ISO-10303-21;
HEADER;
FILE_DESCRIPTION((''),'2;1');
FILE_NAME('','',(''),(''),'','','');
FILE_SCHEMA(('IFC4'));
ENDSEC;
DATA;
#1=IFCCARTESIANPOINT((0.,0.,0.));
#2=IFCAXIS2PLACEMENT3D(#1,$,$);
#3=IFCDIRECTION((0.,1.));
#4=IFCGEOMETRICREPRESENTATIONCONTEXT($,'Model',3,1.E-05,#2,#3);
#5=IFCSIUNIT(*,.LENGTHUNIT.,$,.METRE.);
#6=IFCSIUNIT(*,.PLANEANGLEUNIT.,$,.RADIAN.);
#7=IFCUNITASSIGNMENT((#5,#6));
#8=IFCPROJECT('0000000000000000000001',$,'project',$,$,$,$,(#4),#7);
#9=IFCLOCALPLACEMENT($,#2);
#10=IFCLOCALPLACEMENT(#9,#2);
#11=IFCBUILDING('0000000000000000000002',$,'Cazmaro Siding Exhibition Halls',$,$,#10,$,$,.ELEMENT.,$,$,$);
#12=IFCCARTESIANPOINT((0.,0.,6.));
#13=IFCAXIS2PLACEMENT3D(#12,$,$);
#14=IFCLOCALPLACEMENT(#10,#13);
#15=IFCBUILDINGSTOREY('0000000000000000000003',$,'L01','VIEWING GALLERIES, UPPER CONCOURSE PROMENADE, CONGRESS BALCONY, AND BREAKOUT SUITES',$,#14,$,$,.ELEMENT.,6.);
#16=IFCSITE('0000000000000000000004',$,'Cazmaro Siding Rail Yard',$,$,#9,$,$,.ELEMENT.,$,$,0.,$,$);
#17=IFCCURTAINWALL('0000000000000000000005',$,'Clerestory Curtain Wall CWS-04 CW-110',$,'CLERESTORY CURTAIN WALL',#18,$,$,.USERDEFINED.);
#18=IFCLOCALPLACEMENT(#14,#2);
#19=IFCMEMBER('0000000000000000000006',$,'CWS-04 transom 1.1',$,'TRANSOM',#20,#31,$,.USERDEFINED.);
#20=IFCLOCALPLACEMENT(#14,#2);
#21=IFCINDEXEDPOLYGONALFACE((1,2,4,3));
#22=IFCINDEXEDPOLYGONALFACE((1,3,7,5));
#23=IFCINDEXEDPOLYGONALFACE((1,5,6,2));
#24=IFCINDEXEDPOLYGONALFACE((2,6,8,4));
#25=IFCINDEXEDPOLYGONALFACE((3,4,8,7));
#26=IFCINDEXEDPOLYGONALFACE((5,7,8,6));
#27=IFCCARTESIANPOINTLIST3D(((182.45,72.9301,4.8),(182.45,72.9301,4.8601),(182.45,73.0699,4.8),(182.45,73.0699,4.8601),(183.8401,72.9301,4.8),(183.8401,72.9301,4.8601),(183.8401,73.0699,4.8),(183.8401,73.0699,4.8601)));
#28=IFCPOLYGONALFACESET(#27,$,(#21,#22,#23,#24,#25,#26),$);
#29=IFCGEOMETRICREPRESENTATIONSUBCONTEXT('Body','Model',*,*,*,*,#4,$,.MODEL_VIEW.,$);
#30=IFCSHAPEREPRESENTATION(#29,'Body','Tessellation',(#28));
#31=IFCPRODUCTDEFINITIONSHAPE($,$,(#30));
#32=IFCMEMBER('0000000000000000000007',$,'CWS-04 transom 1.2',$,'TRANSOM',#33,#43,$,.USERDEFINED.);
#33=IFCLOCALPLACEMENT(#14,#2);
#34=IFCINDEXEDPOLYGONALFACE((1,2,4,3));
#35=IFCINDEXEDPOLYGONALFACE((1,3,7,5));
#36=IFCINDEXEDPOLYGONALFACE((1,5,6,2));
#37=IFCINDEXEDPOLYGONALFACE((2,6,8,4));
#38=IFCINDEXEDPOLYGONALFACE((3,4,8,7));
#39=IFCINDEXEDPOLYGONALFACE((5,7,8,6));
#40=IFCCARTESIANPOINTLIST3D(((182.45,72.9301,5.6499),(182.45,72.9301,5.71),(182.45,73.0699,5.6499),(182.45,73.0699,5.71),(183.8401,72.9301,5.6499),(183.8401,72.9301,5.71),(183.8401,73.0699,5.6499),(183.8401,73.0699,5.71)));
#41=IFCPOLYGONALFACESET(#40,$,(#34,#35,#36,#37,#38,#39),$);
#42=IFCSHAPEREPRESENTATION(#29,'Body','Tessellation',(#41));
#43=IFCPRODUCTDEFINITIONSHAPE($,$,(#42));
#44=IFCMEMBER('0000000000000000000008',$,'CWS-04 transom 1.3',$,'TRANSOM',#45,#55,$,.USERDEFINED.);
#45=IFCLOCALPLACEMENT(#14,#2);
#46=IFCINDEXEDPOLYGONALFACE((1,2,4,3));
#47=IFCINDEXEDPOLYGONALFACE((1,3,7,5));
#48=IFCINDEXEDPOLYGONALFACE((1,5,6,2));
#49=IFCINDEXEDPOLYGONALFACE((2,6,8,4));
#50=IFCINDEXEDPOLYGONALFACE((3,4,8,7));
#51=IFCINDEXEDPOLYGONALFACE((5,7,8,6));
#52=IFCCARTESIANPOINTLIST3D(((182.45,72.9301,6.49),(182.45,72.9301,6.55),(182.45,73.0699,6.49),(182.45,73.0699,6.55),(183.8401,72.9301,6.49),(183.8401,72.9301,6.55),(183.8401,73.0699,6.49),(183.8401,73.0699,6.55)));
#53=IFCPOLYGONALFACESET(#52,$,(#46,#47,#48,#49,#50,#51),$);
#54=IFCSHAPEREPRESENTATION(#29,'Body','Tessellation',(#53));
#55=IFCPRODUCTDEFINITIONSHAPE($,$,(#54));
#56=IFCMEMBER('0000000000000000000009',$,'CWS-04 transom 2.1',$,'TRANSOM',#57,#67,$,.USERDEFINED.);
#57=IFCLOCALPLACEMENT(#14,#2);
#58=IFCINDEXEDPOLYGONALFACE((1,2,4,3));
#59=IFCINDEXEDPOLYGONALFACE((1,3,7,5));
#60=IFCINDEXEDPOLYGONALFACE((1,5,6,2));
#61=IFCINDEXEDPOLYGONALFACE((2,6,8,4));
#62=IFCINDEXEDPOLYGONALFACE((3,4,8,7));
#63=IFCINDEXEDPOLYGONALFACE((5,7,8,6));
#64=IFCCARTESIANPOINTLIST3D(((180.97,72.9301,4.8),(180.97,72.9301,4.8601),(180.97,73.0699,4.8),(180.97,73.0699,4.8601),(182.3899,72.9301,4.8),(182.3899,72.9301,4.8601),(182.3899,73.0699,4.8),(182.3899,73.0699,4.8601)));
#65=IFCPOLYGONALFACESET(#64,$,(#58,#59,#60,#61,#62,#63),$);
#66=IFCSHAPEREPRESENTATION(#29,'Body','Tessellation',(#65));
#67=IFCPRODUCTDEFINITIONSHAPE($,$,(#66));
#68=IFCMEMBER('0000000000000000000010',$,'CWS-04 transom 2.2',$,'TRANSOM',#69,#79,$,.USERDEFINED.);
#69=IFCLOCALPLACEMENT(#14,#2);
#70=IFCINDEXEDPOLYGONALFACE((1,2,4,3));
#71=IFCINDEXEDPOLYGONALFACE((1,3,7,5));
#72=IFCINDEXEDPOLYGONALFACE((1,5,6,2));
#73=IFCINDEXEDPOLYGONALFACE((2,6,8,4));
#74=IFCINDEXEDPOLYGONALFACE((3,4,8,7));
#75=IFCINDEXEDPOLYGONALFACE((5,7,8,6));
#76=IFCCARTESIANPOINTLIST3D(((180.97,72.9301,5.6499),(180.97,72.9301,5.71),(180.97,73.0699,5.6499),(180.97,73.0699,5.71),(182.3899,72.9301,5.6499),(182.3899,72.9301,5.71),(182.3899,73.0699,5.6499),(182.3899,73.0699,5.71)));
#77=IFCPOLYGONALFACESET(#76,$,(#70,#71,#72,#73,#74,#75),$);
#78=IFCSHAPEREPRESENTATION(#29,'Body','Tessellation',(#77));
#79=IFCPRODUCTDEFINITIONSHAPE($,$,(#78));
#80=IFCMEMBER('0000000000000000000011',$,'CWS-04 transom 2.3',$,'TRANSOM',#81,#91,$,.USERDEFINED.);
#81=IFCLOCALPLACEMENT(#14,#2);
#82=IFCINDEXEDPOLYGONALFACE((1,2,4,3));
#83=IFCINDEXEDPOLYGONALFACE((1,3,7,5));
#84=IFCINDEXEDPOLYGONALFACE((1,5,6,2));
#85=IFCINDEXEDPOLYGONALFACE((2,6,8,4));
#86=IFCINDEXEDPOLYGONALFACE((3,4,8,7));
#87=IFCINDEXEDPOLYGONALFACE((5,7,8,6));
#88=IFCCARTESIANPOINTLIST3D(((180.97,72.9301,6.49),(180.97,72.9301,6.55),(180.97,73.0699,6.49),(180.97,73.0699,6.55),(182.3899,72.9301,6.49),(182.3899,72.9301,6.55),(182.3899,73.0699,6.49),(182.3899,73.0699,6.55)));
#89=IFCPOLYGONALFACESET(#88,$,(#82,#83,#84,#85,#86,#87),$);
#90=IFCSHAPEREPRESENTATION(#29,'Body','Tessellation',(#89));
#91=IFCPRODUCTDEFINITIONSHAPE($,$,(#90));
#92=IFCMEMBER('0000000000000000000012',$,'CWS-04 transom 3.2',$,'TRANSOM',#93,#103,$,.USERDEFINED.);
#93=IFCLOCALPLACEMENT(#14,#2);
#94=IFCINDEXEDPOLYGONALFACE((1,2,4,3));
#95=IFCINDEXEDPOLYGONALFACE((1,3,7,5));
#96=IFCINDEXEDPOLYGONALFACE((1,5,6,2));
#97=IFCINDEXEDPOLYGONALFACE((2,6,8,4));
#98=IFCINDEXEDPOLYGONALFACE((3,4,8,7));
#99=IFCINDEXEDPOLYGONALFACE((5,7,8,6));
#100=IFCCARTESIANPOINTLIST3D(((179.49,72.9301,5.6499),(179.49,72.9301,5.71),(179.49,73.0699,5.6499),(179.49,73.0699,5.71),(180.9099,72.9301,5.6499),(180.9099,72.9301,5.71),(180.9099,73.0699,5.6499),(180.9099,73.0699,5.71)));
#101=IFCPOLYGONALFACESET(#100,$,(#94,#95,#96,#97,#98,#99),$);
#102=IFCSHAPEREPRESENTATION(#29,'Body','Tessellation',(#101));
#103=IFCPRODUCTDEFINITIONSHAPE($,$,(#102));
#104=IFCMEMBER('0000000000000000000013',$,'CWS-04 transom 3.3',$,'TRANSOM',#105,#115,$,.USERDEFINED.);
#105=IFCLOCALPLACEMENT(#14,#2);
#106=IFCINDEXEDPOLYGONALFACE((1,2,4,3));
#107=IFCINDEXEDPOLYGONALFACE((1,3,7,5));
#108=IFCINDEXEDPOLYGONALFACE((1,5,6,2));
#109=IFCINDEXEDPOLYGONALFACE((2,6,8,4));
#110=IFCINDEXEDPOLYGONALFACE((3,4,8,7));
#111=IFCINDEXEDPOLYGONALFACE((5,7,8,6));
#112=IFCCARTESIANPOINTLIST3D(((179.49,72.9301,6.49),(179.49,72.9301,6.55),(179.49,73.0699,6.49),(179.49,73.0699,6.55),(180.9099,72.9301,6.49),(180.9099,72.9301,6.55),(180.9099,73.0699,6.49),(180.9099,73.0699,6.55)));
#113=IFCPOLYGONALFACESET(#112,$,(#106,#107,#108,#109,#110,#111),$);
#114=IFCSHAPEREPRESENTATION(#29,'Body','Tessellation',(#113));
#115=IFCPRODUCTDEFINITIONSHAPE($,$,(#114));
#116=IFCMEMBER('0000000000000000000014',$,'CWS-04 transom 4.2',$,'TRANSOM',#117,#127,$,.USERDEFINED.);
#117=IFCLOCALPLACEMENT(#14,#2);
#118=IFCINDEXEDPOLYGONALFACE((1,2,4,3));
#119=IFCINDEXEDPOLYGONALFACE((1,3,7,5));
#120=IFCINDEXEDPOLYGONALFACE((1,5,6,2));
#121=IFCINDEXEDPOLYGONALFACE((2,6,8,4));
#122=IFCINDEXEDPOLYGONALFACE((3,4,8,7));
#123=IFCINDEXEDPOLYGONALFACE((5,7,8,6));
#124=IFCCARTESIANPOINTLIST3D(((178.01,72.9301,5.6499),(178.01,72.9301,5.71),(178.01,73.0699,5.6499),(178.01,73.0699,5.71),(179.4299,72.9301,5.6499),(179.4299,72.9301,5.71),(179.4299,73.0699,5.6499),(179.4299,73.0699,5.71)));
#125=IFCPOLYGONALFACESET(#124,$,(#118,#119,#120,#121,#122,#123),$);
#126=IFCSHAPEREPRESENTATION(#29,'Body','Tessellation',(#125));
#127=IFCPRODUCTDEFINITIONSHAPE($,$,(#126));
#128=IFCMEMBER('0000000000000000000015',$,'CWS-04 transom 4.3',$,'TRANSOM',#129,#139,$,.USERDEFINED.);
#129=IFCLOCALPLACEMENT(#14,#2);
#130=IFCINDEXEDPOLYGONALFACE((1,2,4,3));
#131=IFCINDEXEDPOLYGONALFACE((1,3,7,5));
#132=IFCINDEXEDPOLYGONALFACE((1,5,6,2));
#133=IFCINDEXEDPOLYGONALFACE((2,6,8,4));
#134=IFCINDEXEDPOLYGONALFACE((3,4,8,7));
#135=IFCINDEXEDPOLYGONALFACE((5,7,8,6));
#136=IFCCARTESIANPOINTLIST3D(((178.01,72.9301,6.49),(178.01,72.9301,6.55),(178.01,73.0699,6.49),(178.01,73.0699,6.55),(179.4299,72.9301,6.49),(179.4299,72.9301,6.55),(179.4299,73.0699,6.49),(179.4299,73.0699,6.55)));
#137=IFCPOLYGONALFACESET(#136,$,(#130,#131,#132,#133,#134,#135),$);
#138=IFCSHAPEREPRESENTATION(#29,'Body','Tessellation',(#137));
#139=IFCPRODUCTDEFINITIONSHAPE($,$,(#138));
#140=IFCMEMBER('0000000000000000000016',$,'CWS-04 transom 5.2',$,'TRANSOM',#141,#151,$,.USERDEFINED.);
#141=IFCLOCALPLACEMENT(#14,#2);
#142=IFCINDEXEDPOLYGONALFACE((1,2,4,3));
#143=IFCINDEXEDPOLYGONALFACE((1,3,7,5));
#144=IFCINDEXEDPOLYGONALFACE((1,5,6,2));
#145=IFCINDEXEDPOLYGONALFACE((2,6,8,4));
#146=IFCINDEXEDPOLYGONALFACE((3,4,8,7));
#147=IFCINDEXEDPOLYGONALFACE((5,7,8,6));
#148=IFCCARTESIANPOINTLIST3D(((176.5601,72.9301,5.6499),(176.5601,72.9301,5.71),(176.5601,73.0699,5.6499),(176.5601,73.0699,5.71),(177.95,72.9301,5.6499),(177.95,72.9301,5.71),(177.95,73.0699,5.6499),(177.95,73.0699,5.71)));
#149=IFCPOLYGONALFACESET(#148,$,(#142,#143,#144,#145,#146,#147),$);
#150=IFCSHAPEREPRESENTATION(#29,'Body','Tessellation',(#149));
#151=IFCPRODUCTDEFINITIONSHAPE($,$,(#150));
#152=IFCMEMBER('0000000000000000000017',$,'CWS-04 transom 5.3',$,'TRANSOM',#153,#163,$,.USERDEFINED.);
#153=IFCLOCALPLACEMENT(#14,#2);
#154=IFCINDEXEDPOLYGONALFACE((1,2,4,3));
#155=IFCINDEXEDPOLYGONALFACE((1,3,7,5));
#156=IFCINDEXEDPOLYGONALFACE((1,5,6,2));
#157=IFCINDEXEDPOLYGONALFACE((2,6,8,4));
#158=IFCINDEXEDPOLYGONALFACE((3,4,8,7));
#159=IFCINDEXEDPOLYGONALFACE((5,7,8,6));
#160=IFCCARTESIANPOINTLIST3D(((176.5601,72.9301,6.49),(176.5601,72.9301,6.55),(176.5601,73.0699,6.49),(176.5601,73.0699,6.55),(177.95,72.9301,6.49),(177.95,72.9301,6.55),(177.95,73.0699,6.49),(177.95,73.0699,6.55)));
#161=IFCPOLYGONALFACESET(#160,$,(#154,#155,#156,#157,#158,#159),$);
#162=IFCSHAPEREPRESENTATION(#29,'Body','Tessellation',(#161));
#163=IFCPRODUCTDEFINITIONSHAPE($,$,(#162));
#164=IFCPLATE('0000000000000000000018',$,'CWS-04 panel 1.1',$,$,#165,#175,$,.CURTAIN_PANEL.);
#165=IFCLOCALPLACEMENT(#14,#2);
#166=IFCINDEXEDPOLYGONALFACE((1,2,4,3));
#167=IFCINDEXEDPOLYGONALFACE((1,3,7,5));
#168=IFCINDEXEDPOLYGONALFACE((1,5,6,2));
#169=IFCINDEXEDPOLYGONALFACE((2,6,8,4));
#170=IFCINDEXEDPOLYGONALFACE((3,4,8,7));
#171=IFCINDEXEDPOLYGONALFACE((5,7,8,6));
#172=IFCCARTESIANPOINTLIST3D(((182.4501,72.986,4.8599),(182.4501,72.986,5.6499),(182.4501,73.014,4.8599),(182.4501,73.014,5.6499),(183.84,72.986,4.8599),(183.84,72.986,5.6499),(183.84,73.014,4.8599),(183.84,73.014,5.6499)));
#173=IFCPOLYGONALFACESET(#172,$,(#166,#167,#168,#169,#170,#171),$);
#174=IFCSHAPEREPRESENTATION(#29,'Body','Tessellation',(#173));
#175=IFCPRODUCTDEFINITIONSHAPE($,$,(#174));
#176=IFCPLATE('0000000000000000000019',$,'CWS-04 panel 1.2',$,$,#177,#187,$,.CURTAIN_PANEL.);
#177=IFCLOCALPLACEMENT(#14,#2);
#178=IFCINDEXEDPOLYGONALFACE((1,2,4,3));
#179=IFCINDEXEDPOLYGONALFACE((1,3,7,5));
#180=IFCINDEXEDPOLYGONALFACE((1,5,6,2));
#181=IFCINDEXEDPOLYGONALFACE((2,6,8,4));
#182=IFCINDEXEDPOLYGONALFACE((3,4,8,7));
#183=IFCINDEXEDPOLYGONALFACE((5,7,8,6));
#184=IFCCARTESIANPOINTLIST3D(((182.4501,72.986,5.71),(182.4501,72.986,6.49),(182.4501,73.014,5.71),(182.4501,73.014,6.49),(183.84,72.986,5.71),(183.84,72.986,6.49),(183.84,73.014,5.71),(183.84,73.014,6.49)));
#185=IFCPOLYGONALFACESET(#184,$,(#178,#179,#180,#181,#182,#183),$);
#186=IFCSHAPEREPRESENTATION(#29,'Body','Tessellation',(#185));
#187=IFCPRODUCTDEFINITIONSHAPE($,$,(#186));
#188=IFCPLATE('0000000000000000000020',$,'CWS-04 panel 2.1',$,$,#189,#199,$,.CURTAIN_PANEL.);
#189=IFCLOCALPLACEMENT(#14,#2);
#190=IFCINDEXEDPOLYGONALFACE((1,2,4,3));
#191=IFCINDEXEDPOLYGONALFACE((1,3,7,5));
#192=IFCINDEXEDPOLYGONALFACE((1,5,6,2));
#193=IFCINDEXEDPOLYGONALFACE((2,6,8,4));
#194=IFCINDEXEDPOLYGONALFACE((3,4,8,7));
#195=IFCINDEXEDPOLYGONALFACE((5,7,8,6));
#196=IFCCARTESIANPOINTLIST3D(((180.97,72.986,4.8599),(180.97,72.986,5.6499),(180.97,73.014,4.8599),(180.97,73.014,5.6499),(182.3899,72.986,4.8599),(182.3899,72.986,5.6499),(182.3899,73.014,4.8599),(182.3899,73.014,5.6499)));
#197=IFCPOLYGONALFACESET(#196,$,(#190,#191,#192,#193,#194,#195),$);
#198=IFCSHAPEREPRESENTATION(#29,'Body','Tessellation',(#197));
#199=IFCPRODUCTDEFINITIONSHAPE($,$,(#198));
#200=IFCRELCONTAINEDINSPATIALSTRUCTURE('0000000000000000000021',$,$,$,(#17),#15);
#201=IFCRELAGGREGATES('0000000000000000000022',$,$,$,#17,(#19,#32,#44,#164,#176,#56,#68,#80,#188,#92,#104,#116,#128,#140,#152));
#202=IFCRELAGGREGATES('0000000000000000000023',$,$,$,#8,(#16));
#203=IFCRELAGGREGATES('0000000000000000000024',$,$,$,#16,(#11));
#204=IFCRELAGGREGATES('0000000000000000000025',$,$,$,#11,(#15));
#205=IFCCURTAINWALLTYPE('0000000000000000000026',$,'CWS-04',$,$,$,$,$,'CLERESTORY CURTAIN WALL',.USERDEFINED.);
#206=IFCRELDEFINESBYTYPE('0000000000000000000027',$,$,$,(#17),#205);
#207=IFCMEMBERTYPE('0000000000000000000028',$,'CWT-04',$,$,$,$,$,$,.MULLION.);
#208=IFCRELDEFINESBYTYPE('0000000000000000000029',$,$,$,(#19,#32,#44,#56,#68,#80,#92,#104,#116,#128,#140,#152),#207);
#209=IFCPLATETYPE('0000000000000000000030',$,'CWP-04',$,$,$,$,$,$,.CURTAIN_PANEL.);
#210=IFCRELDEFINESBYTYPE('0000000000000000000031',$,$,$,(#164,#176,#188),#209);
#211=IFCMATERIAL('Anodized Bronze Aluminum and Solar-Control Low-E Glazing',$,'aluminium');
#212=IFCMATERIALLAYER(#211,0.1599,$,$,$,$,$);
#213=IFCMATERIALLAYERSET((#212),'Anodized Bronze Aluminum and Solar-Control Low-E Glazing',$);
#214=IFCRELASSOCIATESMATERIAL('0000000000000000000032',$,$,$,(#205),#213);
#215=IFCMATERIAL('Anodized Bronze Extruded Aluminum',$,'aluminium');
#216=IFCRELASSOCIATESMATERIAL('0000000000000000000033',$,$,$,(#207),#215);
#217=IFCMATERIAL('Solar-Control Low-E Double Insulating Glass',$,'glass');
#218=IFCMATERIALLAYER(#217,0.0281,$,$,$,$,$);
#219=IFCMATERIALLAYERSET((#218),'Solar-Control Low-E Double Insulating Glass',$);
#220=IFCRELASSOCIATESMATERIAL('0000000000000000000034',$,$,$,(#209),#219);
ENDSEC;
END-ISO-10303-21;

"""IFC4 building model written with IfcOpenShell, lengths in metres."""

from ifc_helpers import new_model, si_unit, direction, frame, origin, origin_2d, place, context, subcontext, project, spatial, rectangle, extrude, material, layer, layer_set, material_profile, profile_set, type_object, element, aggregate, save


model = new_model("IFC4")

# Units and contexts
model_context = context("Model", 3, precision=1e-05, world=origin(), true_north=direction((0.0, 1.0)))
body_context = subcontext(model_context, "Body", "Model", "MODEL_VIEW")
ifc_project = project(units=[si_unit("LENGTHUNIT", "METRE"), si_unit("PLANEANGLEUNIT", "RADIAN")], contexts=[model_context])

# Site, building, storey
site_placement = place(None, origin())
site = spatial("IfcSite", under=ifc_project, at=site_placement, Name="Cazmaro Siding Rail Yard", CompositionType="ELEMENT", RefElevation=0.0)
building_placement = place(site_placement, origin())
building = spatial("IfcBuilding", under=site, at=building_placement, Name="Cazmaro Siding Exhibition Halls", CompositionType="ELEMENT")
storey_placement = place(building_placement, frame((0.0, 0.0, 6.0)))
storey = spatial("IfcBuildingStorey", under=building, at=storey_placement, Name="L01", Description="VIEWING GALLERIES, UPPER CONCOURSE PROMENADE, CONGRESS BALCONY, AND BREAKOUT SUITES", CompositionType="ELEMENT", Elevation=6.0)

# Curtain wall, members, plates
ifc_material_1 = material(Name="Anodized Bronze Aluminum and Solar-Control Low-E Glazing", Category="aluminium")
ifc_layer_1 = layer(ifc_material_1, 0.1599)
ifc_layer_set_1 = layer_set([ifc_layer_1], Name="Anodized Bronze Aluminum and Solar-Control Low-E Glazing")
curtain_wall_type = type_object("IfcCurtainWallType", Name="CWS-04", ElementType="CLERESTORY CURTAIN WALL", PredefinedType="USERDEFINED", material=ifc_layer_set_1)
curtain_wall_placement = place(storey_placement, origin())
curtain_wall = element("IfcCurtainWall", 1, at=curtain_wall_placement, inside=storey, type_object=curtain_wall_type, Name="Clerestory Curtain Wall CWS-04 CW-110", ObjectType="CLERESTORY CURTAIN WALL", PredefinedType="USERDEFINED")
ifc_material_2 = material(Name="Anodized Bronze Extruded Aluminum", Category="aluminium")
ifc_material_profile = material_profile(ifc_material_2, rectangle(XDim=0.1399, YDim=0.0601, at=origin_2d()), Name="CWT-04")
ifc_profile_set = profile_set([ifc_material_profile], Name="Anodized Bronze Extruded Aluminum")
member_type = type_object("IfcMemberType", Name="CWT-04", PredefinedType="MULLION", material=ifc_profile_set)
member_1_placement = place(storey_placement, frame((183.8401, 73.0, 4.8301), z_axis=(-1.0, 0.0, 0.0), x_axis=(0.0, -1.0, 0.0)))
member_1 = element("IfcMember", 2, at=member_1_placement, type_object=member_type, Name="CWS-04 transom 1.1", ObjectType="TRANSOM", PredefinedType="USERDEFINED", context=body_context, shape_type="SweptSolid", body=[
    extrude(rectangle(XDim=0.1399, YDim=0.0601, at=origin_2d()), origin(), (0.0, 0.0, 1.0), 1.3901),
])
member_2_placement = place(storey_placement, frame((183.8401, 73.0, 5.6799), z_axis=(-1.0, 0.0, 0.0), x_axis=(0.0, -1.0, 0.0)))
member_2 = element("IfcMember", 3, at=member_2_placement, type_object=member_type, Name="CWS-04 transom 1.2", ObjectType="TRANSOM", PredefinedType="USERDEFINED", context=body_context, shape_type="SweptSolid", body=[
    extrude(rectangle(XDim=0.1399, YDim=0.0601, at=origin_2d()), origin(), (0.0, 0.0, 1.0), 1.3901),
])
member_3_placement = place(storey_placement, frame((183.8401, 73.0, 6.52), z_axis=(-1.0, 0.0, 0.0), x_axis=(0.0, -1.0, 0.0)))
member_3 = element("IfcMember", 4, at=member_3_placement, type_object=member_type, Name="CWS-04 transom 1.3", ObjectType="TRANSOM", PredefinedType="USERDEFINED", context=body_context, shape_type="SweptSolid", body=[
    extrude(rectangle(XDim=0.1399, YDim=0.0601, at=origin_2d()), origin(), (0.0, 0.0, 1.0), 1.3901),
])
member_4_placement = place(storey_placement, frame((182.3899, 73.0, 4.8301), z_axis=(-1.0, 0.0, 0.0), x_axis=(0.0, -1.0, 0.0)))
member_4 = element("IfcMember", 5, at=member_4_placement, type_object=member_type, Name="CWS-04 transom 2.1", ObjectType="TRANSOM", PredefinedType="USERDEFINED", context=body_context, shape_type="SweptSolid", body=[
    extrude(rectangle(XDim=0.1399, YDim=0.0601, at=origin_2d()), origin(), (0.0, 0.0, 1.0), 1.4199),
])
member_5_placement = place(storey_placement, frame((182.3899, 73.0, 5.6799), z_axis=(-1.0, 0.0, 0.0), x_axis=(0.0, -1.0, 0.0)))
member_5 = element("IfcMember", 6, at=member_5_placement, type_object=member_type, Name="CWS-04 transom 2.2", ObjectType="TRANSOM", PredefinedType="USERDEFINED", context=body_context, shape_type="SweptSolid", body=[
    extrude(rectangle(XDim=0.1399, YDim=0.0601, at=origin_2d()), origin(), (0.0, 0.0, 1.0), 1.4199),
])
member_6_placement = place(storey_placement, frame((182.3899, 73.0, 6.52), z_axis=(-1.0, 0.0, 0.0), x_axis=(0.0, -1.0, 0.0)))
member_6 = element("IfcMember", 7, at=member_6_placement, type_object=member_type, Name="CWS-04 transom 2.3", ObjectType="TRANSOM", PredefinedType="USERDEFINED", context=body_context, shape_type="SweptSolid", body=[
    extrude(rectangle(XDim=0.1399, YDim=0.0601, at=origin_2d()), origin(), (0.0, 0.0, 1.0), 1.4199),
])
member_7_placement = place(storey_placement, frame((180.9099, 73.0, 5.6799), z_axis=(-1.0, 0.0, 0.0), x_axis=(0.0, -1.0, 0.0)))
member_7 = element("IfcMember", 8, at=member_7_placement, type_object=member_type, Name="CWS-04 transom 3.2", ObjectType="TRANSOM", PredefinedType="USERDEFINED", context=body_context, shape_type="SweptSolid", body=[
    extrude(rectangle(XDim=0.1399, YDim=0.0601, at=origin_2d()), origin(), (0.0, 0.0, 1.0), 1.4199),
])
member_8_placement = place(storey_placement, frame((180.9099, 73.0, 6.52), z_axis=(-1.0, 0.0, 0.0), x_axis=(0.0, -1.0, 0.0)))
member_8 = element("IfcMember", 9, at=member_8_placement, type_object=member_type, Name="CWS-04 transom 3.3", ObjectType="TRANSOM", PredefinedType="USERDEFINED", context=body_context, shape_type="SweptSolid", body=[
    extrude(rectangle(XDim=0.1399, YDim=0.0601, at=origin_2d()), origin(), (0.0, 0.0, 1.0), 1.4199),
])
member_9_placement = place(storey_placement, frame((179.4299, 73.0, 5.6799), z_axis=(-1.0, 0.0, 0.0), x_axis=(0.0, -1.0, 0.0)))
member_9 = element("IfcMember", 10, at=member_9_placement, type_object=member_type, Name="CWS-04 transom 4.2", ObjectType="TRANSOM", PredefinedType="USERDEFINED", context=body_context, shape_type="SweptSolid", body=[
    extrude(rectangle(XDim=0.1399, YDim=0.0601, at=origin_2d()), origin(), (0.0, 0.0, 1.0), 1.4199),
])
member_10_placement = place(storey_placement, frame((179.4299, 73.0, 6.52), z_axis=(-1.0, 0.0, 0.0), x_axis=(0.0, -1.0, 0.0)))
member_10 = element("IfcMember", 11, at=member_10_placement, type_object=member_type, Name="CWS-04 transom 4.3", ObjectType="TRANSOM", PredefinedType="USERDEFINED", context=body_context, shape_type="SweptSolid", body=[
    extrude(rectangle(XDim=0.1399, YDim=0.0601, at=origin_2d()), origin(), (0.0, 0.0, 1.0), 1.4199),
])
member_11_placement = place(storey_placement, frame((177.95, 73.0, 5.6799), z_axis=(-1.0, 0.0, 0.0), x_axis=(0.0, -1.0, 0.0)))
member_11 = element("IfcMember", 12, at=member_11_placement, type_object=member_type, Name="CWS-04 transom 5.2", ObjectType="TRANSOM", PredefinedType="USERDEFINED", context=body_context, shape_type="SweptSolid", body=[
    extrude(rectangle(XDim=0.1399, YDim=0.0601, at=origin_2d()), origin(), (0.0, 0.0, 1.0), 1.3899),
])
member_12_placement = place(storey_placement, frame((177.95, 73.0, 6.52), z_axis=(-1.0, 0.0, 0.0), x_axis=(0.0, -1.0, 0.0)))
member_12 = element("IfcMember", 13, at=member_12_placement, type_object=member_type, Name="CWS-04 transom 5.3", ObjectType="TRANSOM", PredefinedType="USERDEFINED", context=body_context, shape_type="SweptSolid", body=[
    extrude(rectangle(XDim=0.1399, YDim=0.0601, at=origin_2d()), origin(), (0.0, 0.0, 1.0), 1.3899),
])
ifc_material_3 = material(Name="Solar-Control Low-E Double Insulating Glass", Category="glass")
ifc_layer_2 = layer(ifc_material_3, 0.0281)
ifc_layer_set_2 = layer_set([ifc_layer_2], Name="Solar-Control Low-E Double Insulating Glass")
plate_type = type_object("IfcPlateType", Name="CWP-04", PredefinedType="CURTAIN_PANEL", material=ifc_layer_set_2)
plate_1_placement = place(storey_placement, frame((183.145, 73.0, 4.8599), z_axis=(0.0, 0.0, 1.0), x_axis=(-1.0, 0.0, 0.0)))
plate_1 = element("IfcPlate", 14, at=plate_1_placement, type_object=plate_type, Name="CWS-04 panel 1.1", PredefinedType="CURTAIN_PANEL", context=body_context, shape_type="SweptSolid", body=[
    extrude(rectangle(XDim=1.3899, YDim=0.0281, at=origin_2d()), origin(), (0.0, 0.0, 1.0), 0.79),
])
plate_2_placement = place(storey_placement, frame((183.145, 73.0, 5.71), z_axis=(0.0, 0.0, 1.0), x_axis=(-1.0, 0.0, 0.0)))
plate_2 = element("IfcPlate", 15, at=plate_2_placement, type_object=plate_type, Name="CWS-04 panel 1.2", PredefinedType="CURTAIN_PANEL", context=body_context, shape_type="SweptSolid", body=[
    extrude(rectangle(XDim=1.3899, YDim=0.0281, at=origin_2d()), origin(), (0.0, 0.0, 1.0), 0.78),
])
plate_3_placement = place(storey_placement, frame((181.6799, 73.0, 4.8599), z_axis=(0.0, 0.0, 1.0), x_axis=(-1.0, 0.0, 0.0)))
plate_3 = element("IfcPlate", 16, at=plate_3_placement, type_object=plate_type, Name="CWS-04 panel 2.1", PredefinedType="CURTAIN_PANEL", context=body_context, shape_type="SweptSolid", body=[
    extrude(rectangle(XDim=1.4199, YDim=0.0281, at=origin_2d()), origin(), (0.0, 0.0, 1.0), 0.79),
])
aggregate(curtain_wall, [member_1, member_2, member_3, plate_1, plate_2, member_4, member_5, member_6, plate_3, member_7, member_8, member_9, member_10, member_11, member_12])

save(model, "model.ifc")
